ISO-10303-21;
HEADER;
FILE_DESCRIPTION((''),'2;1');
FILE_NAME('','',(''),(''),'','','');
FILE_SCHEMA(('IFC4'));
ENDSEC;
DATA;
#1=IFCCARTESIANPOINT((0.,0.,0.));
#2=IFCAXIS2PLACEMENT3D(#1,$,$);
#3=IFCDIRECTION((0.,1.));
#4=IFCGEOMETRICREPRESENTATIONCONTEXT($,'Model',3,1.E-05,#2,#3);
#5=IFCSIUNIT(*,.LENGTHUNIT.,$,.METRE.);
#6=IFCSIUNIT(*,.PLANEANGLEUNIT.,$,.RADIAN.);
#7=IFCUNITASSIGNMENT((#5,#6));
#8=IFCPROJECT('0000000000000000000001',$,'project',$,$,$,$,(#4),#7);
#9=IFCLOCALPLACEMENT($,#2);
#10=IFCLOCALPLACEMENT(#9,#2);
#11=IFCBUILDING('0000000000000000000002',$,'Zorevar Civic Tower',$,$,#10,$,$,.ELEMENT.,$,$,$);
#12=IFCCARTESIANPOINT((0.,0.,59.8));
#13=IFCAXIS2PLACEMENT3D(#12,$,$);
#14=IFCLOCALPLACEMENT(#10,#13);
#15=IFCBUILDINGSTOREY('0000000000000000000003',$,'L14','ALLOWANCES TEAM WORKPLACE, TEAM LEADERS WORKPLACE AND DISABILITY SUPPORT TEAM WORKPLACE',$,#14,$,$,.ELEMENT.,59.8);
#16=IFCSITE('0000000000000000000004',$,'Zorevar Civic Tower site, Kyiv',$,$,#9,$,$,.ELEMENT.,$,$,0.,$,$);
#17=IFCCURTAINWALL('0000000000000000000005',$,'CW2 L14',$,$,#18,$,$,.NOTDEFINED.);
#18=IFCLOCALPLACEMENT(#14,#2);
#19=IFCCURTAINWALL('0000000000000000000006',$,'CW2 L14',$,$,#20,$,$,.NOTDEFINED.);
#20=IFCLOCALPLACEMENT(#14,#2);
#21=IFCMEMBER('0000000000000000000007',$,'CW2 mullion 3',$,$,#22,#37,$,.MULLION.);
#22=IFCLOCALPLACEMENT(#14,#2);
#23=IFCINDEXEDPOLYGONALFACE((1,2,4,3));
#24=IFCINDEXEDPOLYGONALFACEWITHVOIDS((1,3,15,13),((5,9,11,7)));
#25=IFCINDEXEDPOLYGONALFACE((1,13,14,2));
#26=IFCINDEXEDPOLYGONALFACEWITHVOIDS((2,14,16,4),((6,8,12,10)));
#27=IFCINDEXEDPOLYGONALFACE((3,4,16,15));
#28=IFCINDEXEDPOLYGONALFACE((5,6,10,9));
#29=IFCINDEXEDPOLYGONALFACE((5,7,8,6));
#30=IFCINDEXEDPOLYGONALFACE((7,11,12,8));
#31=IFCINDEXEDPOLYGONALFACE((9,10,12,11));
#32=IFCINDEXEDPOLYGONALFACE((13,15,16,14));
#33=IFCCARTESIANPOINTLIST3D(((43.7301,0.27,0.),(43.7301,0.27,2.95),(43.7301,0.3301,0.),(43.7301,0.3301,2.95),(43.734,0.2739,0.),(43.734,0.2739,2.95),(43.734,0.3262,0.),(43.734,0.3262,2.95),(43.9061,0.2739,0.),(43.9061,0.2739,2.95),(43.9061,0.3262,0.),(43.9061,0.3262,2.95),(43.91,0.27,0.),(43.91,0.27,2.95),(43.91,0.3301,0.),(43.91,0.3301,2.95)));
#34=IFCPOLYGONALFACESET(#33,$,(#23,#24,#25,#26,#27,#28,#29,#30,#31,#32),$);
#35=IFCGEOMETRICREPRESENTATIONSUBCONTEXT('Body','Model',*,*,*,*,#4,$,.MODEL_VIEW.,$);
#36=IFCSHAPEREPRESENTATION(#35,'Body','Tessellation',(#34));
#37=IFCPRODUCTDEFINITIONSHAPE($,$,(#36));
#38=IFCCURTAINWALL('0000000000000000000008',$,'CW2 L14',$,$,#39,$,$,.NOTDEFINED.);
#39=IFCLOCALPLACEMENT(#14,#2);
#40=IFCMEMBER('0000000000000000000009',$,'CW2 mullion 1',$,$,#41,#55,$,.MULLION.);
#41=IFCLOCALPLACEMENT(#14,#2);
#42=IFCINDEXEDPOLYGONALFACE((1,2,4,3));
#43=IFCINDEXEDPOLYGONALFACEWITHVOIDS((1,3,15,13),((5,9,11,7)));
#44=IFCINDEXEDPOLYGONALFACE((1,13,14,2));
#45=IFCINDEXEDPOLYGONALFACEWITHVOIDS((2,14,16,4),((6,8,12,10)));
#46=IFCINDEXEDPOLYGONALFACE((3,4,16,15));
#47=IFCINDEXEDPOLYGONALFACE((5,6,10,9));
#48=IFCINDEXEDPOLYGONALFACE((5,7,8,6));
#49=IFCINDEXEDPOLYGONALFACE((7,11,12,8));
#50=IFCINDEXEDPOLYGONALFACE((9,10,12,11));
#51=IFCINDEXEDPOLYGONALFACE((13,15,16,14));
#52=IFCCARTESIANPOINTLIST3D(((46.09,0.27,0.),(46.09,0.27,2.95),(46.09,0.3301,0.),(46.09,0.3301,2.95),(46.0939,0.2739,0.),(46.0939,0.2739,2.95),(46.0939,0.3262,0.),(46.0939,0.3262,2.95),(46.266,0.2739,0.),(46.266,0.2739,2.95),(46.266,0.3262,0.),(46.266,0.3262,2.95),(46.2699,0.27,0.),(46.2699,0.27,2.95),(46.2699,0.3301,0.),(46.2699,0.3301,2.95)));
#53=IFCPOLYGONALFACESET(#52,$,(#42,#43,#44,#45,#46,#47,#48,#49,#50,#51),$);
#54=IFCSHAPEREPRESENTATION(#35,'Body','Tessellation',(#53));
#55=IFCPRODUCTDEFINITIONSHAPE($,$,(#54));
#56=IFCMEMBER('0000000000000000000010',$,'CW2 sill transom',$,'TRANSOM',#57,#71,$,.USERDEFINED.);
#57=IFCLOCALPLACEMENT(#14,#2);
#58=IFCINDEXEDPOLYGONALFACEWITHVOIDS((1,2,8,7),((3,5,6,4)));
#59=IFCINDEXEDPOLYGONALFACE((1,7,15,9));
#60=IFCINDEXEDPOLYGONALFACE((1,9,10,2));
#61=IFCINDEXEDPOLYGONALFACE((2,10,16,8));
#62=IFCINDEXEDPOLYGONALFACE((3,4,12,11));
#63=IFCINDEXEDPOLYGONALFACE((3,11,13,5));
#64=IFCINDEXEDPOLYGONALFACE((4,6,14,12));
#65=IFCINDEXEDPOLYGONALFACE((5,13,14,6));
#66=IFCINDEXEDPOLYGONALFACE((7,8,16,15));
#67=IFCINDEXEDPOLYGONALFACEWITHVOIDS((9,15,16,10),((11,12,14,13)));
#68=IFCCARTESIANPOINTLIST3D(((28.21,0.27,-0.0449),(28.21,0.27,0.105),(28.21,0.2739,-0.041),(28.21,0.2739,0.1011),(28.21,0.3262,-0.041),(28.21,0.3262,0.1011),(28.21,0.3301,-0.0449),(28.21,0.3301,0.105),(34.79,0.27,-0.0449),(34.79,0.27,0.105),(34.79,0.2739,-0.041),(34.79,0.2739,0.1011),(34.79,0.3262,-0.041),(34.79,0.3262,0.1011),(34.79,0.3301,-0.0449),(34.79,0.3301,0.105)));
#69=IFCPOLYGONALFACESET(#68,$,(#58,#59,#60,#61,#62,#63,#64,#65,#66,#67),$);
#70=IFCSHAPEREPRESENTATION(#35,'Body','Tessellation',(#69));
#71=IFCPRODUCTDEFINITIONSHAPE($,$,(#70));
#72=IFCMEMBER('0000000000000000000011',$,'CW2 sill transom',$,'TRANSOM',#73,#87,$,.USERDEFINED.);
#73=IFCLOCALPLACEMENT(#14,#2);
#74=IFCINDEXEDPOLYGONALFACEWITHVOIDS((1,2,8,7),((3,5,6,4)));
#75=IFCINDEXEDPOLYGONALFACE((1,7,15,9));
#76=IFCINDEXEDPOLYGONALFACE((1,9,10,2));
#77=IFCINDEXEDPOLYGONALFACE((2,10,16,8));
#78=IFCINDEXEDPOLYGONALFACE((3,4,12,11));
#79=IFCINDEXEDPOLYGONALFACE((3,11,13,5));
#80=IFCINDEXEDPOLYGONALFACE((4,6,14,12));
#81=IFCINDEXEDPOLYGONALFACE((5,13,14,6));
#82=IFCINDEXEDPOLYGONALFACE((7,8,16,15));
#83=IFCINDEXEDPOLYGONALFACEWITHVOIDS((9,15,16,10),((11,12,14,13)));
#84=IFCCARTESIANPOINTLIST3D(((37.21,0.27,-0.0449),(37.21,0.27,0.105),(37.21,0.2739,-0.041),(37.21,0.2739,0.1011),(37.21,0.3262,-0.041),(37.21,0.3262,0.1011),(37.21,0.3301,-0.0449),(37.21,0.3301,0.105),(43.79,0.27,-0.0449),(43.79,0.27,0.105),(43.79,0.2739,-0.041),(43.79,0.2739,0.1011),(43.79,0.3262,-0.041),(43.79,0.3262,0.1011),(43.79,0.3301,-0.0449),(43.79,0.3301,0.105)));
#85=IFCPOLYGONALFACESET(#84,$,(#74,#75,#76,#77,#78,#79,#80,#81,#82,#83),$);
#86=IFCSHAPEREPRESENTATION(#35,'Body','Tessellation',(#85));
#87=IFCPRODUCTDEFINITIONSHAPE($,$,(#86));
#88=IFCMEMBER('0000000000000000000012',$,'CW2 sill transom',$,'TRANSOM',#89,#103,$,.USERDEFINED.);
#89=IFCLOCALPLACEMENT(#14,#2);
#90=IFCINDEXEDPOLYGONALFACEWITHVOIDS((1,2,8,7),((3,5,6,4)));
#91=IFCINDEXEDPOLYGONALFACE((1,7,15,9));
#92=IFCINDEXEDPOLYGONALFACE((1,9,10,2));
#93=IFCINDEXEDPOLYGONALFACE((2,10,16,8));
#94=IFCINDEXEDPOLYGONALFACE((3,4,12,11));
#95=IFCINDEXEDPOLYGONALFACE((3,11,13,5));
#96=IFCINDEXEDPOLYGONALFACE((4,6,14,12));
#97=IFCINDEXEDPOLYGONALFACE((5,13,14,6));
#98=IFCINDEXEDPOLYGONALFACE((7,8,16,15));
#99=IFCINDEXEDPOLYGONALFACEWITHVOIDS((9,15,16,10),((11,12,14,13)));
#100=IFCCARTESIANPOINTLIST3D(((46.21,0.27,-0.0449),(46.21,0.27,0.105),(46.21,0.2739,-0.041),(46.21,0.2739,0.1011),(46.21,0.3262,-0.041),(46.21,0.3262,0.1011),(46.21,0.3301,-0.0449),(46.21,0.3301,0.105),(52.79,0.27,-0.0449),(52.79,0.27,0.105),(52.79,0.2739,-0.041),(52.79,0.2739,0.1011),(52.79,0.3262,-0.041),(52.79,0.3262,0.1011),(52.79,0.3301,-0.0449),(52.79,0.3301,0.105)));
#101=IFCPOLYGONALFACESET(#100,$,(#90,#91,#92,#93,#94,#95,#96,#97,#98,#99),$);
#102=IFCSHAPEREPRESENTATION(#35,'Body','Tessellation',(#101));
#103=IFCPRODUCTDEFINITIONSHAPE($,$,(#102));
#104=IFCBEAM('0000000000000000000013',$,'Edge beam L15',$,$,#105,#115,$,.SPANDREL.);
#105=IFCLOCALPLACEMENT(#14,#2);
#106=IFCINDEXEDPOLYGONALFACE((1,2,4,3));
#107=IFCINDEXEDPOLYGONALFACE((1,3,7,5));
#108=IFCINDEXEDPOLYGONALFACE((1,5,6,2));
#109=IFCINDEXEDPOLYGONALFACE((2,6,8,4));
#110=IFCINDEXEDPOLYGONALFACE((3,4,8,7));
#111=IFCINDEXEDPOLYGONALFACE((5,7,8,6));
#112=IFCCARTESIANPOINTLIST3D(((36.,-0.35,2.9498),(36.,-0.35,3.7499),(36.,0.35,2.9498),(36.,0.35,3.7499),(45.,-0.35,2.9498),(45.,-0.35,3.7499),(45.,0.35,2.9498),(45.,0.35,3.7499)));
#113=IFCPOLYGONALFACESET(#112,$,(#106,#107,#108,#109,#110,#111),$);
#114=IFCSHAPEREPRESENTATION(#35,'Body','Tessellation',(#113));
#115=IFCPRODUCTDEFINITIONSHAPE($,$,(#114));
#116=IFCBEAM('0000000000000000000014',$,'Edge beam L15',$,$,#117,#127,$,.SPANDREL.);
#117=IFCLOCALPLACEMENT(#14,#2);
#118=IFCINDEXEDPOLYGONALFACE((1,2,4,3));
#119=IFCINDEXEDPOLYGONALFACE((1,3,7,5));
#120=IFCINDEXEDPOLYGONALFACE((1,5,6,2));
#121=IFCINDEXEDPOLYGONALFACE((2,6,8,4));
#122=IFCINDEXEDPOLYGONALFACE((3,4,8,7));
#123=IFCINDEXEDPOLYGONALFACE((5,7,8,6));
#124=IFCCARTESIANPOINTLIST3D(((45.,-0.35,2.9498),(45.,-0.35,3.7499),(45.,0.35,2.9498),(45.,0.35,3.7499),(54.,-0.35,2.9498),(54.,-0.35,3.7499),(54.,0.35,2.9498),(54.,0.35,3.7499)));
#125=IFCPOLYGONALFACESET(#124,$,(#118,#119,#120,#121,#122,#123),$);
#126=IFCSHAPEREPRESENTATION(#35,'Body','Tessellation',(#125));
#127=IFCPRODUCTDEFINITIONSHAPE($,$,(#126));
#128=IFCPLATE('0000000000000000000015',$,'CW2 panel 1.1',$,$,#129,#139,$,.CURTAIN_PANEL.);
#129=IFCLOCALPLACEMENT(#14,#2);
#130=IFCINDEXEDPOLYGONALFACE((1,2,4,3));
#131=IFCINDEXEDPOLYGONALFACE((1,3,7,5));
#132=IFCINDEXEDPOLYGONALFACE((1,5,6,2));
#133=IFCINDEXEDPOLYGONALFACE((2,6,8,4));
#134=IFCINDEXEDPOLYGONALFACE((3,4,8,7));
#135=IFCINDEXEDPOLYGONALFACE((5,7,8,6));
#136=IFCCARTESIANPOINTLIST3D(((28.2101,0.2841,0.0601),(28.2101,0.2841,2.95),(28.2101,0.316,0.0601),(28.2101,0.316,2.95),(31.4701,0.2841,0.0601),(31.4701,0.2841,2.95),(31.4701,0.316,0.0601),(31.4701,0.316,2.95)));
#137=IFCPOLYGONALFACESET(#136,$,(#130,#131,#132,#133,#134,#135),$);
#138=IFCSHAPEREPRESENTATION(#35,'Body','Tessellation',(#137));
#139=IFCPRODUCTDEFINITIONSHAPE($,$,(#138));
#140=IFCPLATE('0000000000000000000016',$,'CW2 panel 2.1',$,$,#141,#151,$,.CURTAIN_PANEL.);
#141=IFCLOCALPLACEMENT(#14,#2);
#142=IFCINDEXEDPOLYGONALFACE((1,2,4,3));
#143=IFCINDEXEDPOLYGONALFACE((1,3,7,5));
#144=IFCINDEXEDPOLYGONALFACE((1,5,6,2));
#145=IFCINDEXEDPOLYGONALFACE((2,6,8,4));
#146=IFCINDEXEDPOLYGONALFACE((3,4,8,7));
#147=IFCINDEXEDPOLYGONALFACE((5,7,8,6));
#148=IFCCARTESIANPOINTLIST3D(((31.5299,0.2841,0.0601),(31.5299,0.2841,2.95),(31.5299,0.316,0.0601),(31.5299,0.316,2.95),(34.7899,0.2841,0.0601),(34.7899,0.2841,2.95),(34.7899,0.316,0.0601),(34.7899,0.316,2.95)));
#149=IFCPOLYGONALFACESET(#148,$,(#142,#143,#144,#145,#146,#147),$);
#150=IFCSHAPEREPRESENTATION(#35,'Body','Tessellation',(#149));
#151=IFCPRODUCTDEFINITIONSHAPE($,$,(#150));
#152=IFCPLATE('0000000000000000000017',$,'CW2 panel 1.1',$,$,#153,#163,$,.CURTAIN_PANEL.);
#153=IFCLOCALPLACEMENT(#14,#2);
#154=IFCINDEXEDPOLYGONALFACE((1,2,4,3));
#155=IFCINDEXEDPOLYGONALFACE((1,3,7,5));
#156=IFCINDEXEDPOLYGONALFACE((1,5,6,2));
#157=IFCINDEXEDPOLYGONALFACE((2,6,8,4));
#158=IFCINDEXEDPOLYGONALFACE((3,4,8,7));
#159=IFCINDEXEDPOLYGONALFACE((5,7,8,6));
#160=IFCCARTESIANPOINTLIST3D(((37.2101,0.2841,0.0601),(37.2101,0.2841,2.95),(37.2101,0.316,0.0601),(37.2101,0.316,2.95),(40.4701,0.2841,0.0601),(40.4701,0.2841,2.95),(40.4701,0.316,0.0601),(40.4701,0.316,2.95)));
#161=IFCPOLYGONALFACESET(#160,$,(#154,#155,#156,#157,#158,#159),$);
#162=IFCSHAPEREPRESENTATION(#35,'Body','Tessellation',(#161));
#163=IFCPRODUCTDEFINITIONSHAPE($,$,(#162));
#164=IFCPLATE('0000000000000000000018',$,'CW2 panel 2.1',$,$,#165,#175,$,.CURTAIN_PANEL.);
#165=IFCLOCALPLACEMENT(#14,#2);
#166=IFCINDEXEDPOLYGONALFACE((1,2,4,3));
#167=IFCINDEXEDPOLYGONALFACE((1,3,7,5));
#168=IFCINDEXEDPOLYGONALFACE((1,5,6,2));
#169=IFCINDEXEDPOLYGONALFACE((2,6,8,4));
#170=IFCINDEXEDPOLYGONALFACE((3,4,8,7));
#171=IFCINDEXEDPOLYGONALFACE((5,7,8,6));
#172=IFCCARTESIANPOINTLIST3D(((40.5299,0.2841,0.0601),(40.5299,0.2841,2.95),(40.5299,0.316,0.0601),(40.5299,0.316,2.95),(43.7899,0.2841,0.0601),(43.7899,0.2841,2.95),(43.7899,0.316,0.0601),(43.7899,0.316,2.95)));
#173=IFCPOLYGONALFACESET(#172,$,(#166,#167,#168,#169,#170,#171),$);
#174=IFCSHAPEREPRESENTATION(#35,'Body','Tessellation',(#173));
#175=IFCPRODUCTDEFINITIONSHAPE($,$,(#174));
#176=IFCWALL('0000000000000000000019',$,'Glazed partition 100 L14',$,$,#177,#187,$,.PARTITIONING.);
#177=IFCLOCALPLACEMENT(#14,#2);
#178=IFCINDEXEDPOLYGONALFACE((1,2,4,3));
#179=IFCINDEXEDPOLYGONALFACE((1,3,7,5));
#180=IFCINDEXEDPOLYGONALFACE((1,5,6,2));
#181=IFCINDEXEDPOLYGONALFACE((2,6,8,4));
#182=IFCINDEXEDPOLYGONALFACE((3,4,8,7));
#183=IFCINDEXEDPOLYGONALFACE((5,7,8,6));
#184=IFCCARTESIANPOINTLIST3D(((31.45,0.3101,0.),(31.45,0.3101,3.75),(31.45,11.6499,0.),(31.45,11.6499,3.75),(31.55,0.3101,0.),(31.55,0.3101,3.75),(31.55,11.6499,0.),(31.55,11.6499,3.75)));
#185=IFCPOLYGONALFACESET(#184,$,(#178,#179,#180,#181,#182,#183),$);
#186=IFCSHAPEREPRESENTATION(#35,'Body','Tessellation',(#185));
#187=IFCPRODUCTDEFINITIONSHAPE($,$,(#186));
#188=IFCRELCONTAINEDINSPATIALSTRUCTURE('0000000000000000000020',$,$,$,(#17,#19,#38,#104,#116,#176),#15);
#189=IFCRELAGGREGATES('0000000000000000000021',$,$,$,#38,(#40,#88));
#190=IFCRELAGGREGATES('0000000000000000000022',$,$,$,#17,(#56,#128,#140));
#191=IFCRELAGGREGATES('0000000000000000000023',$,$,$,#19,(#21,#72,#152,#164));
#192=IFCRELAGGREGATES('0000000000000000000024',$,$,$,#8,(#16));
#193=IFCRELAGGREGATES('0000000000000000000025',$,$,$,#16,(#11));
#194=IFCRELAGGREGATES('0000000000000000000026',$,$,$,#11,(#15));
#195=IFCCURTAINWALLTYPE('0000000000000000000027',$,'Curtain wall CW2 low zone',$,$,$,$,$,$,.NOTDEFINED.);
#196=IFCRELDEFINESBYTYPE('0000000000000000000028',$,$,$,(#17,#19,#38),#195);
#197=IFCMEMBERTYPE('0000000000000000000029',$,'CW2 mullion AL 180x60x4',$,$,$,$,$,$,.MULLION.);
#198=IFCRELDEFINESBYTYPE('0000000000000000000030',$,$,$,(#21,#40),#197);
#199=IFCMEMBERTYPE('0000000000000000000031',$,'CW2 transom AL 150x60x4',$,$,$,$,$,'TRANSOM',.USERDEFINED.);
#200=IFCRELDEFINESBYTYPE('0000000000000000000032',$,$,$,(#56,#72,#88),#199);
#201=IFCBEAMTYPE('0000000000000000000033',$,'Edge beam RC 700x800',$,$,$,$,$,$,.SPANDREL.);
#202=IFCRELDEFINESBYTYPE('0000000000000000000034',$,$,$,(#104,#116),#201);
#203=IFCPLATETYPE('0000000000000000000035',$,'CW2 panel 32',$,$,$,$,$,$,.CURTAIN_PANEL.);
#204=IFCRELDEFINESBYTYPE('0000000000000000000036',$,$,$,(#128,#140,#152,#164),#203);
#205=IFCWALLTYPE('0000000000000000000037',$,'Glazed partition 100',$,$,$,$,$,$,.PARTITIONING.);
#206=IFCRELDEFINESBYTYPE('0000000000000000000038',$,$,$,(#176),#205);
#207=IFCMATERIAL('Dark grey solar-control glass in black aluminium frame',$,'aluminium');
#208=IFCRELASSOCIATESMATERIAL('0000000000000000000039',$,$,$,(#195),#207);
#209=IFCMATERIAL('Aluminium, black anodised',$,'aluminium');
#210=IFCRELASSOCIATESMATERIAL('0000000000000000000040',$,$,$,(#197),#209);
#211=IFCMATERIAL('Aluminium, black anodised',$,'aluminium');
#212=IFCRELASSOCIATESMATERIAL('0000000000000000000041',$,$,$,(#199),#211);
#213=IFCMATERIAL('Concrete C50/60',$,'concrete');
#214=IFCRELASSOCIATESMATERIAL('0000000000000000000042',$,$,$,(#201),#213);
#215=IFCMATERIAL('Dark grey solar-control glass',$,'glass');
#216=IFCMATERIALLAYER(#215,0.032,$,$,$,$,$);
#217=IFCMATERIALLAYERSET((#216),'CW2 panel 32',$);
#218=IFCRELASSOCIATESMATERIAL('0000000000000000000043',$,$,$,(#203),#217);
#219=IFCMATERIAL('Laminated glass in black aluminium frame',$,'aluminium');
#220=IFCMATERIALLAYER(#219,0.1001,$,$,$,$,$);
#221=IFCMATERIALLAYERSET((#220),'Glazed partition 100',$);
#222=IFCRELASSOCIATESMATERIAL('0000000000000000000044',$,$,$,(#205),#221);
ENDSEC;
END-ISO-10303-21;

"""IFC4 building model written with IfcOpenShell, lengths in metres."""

from ifc_helpers import new_model, si_unit, direction, frame, frame_2d, origin, origin_2d, place, context, subcontext, project, spatial, rectangle, hollow_rectangle, extrude, material, layer, layer_set, material_profile, profile_set, type_object, element, aggregate, save


model = new_model("IFC4")

# Units and contexts
model_context = context("Model", 3, precision=1e-05, world=origin(), true_north=direction((0.0, 1.0)))
body_context = subcontext(model_context, "Body", "Model", "MODEL_VIEW")
ifc_project = project(units=[si_unit("LENGTHUNIT", "METRE"), si_unit("PLANEANGLEUNIT", "RADIAN")], contexts=[model_context])

# Site, building, storey
site_placement = place(None, origin())
site = spatial("IfcSite", under=ifc_project, at=site_placement, Name="Zorevar Civic Tower site, Kyiv", CompositionType="ELEMENT", RefElevation=0.0)
building_placement = place(site_placement, origin())
building = spatial("IfcBuilding", under=site, at=building_placement, Name="Zorevar Civic Tower", CompositionType="ELEMENT")
storey_placement = place(building_placement, frame((0.0, 0.0, 59.8)))
storey = spatial("IfcBuildingStorey", under=building, at=storey_placement, Name="L14", Description="ALLOWANCES TEAM WORKPLACE, TEAM LEADERS WORKPLACE AND DISABILITY SUPPORT TEAM WORKPLACE", CompositionType="ELEMENT", Elevation=59.8)

# Curtain walls, member
ifc_material_1 = material(Name="Dark grey solar-control glass in black aluminium frame", Category="aluminium")
curtain_wall_type = type_object("IfcCurtainWallType", Name="Curtain wall CW2 low zone", PredefinedType="NOTDEFINED", material=ifc_material_1)
curtain_wall_1_placement = place(storey_placement, origin())
curtain_wall_1 = element("IfcCurtainWall", 1, at=curtain_wall_1_placement, inside=storey, type_object=curtain_wall_type, Name="CW2 L14", PredefinedType="NOTDEFINED")
ifc_material_2 = material(Name="Aluminium, black anodised", Category="aluminium")
ifc_material_profile_1 = material_profile(ifc_material_2, hollow_rectangle(XDim=0.0601, YDim=0.1799, WallThickness=0.0039, at=origin_2d()), Name="AL 180x60x4")
ifc_profile_set_1 = profile_set([ifc_material_profile_1], Name="Aluminium, black anodised")
member_type_1 = type_object("IfcMemberType", Name="CW2 mullion AL 180x60x4", PredefinedType="MULLION", material=ifc_profile_set_1)
curtain_wall_2_placement = place(storey_placement, origin())
curtain_wall_2 = element("IfcCurtainWall", 2, at=curtain_wall_2_placement, inside=storey, type_object=curtain_wall_type, Name="CW2 L14", PredefinedType="NOTDEFINED")
member_1_placement = place(storey_placement, frame((43.8201, 0.3, 0.0), z_axis=(0.0, 0.0, 1.0), x_axis=(0.0, 1.0, 0.0)))
member_1 = element("IfcMember", 3, at=member_1_placement, type_object=member_type_1, Name="CW2 mullion 3", PredefinedType="MULLION", context=body_context, shape_type="SweptSolid", body=[
    extrude(hollow_rectangle(XDim=0.0601, YDim=0.1799, WallThickness=0.0039, at=origin_2d()), origin(), (0.0, 0.0, 1.0), 2.95),
])

# Curtain wall, member
curtain_wall_3_placement = place(storey_placement, origin())
curtain_wall_3 = element("IfcCurtainWall", 4, at=curtain_wall_3_placement, inside=storey, type_object=curtain_wall_type, Name="CW2 L14", PredefinedType="NOTDEFINED")
member_2_placement = place(storey_placement, frame((46.1799, 0.3, 0.0), z_axis=(0.0, 0.0, 1.0), x_axis=(0.0, 1.0, 0.0)))
member_2 = element("IfcMember", 5, at=member_2_placement, type_object=member_type_1, Name="CW2 mullion 1", PredefinedType="MULLION", context=body_context, shape_type="SweptSolid", body=[
    extrude(hollow_rectangle(XDim=0.0601, YDim=0.1799, WallThickness=0.0039, at=origin_2d()), origin(), (0.0, 0.0, 1.0), 2.95),
])

# Members
ifc_material_3 = material(Name="Aluminium, black anodised", Category="aluminium")
ifc_material_profile_2 = material_profile(ifc_material_3, hollow_rectangle(XDim=0.0601, YDim=0.1499, WallThickness=0.0039, at=origin_2d()), Name="AL 150x60x4")
ifc_profile_set_2 = profile_set([ifc_material_profile_2], Name="Aluminium, black anodised")
member_type_2 = type_object("IfcMemberType", Name="CW2 transom AL 150x60x4", ElementType="TRANSOM", PredefinedType="USERDEFINED", material=ifc_profile_set_2)
member_3_placement = place(storey_placement, frame((28.21, 0.3, 0.03), z_axis=(1.0, 0.0, 0.0), x_axis=(0.0, 1.0, 0.0)))
member_3 = element("IfcMember", 6, at=member_3_placement, type_object=member_type_2, Name="CW2 sill transom", ObjectType="TRANSOM", PredefinedType="USERDEFINED", context=body_context, shape_type="SweptSolid", body=[
    extrude(hollow_rectangle(XDim=0.0601, YDim=0.1499, WallThickness=0.0039, at=origin_2d()), origin(), (0.0, 0.0, 1.0), 6.5801),
])
member_4_placement = place(storey_placement, frame((37.21, 0.3, 0.03), z_axis=(1.0, 0.0, 0.0), x_axis=(0.0, 1.0, 0.0)))
member_4 = element("IfcMember", 7, at=member_4_placement, type_object=member_type_2, Name="CW2 sill transom", ObjectType="TRANSOM", PredefinedType="USERDEFINED", context=body_context, shape_type="SweptSolid", body=[
    extrude(hollow_rectangle(XDim=0.0601, YDim=0.1499, WallThickness=0.0039, at=origin_2d()), origin(), (0.0, 0.0, 1.0), 6.5801),
])
member_5_placement = place(storey_placement, frame((46.21, 0.3, 0.03), z_axis=(1.0, 0.0, 0.0), x_axis=(0.0, 1.0, 0.0)))
member_5 = element("IfcMember", 8, at=member_5_placement, type_object=member_type_2, Name="CW2 sill transom", ObjectType="TRANSOM", PredefinedType="USERDEFINED", context=body_context, shape_type="SweptSolid", body=[
    extrude(hollow_rectangle(XDim=0.0601, YDim=0.1499, WallThickness=0.0039, at=origin_2d()), origin(), (0.0, 0.0, 1.0), 6.5801),
])
aggregate(curtain_wall_3, [member_2, member_5])

# Beams
ifc_material_4 = material(Name="Concrete C50/60", Category="concrete")
ifc_material_profile_3 = material_profile(ifc_material_4, rectangle(XDim=0.7, YDim=0.8, at=origin_2d()), Name="RC 700x800")
ifc_profile_set_3 = profile_set([ifc_material_profile_3], Name="Concrete C50/60")
beam_type_1 = type_object("IfcBeamType", Name="Edge beam RC 700x800", PredefinedType="SPANDREL", material=ifc_profile_set_3)
for number, where, z_axis, x_axis, name in (
    (9, (36.0, 0.0, 3.3499), (1.0, 0.0, 0.0), (0.0, 1.0, 0.0), "Edge beam L15"),
    (10, (45.0, 0.0, 3.3499), (1.0, 0.0, 0.0), (0.0, 1.0, 0.0), "Edge beam L15"),
):
    element("IfcBeam", number, at=place(storey_placement, frame(where, z_axis=z_axis, x_axis=x_axis)), inside=storey, type_object=beam_type_1, Name=name, PredefinedType="SPANDREL", context=body_context, shape_type="SweptSolid", body=[
        extrude(rectangle(XDim=0.7, YDim=0.8, at=origin_2d()), origin(), (0.0, 0.0, 1.0), 9.0),
    ])

# Plates
ifc_material_5 = material(Name="Dark grey solar-control glass", Category="glass")
ifc_layer_1 = layer(ifc_material_5, 0.032)
ifc_layer_set_1 = layer_set([ifc_layer_1], Name="CW2 panel 32")
plate_type = type_object("IfcPlateType", Name="CW2 panel 32", PredefinedType="CURTAIN_PANEL", material=ifc_layer_set_1)
plate_1_placement = place(storey_placement, frame((29.8401, 0.3, 0.0601), z_axis=(0.0, 0.0, 1.0), x_axis=(1.0, 0.0, 0.0)))
plate_1 = element("IfcPlate", 11, at=plate_1_placement, type_object=plate_type, Name="CW2 panel 1.1", PredefinedType="CURTAIN_PANEL", context=body_context, shape_type="SweptSolid", body=[
    extrude(rectangle(XDim=3.26, YDim=0.032, at=origin_2d()), origin(), (0.0, 0.0, 1.0), 2.8899),
])
plate_2_placement = place(storey_placement, frame((33.1599, 0.3, 0.0601), z_axis=(0.0, 0.0, 1.0), x_axis=(1.0, 0.0, 0.0)))
plate_2 = element("IfcPlate", 12, at=plate_2_placement, type_object=plate_type, Name="CW2 panel 2.1", PredefinedType="CURTAIN_PANEL", context=body_context, shape_type="SweptSolid", body=[
    extrude(rectangle(XDim=3.26, YDim=0.032, at=origin_2d()), origin(), (0.0, 0.0, 1.0), 2.8899),
])
aggregate(curtain_wall_1, [member_3, plate_1, plate_2])
plate_3_placement = place(storey_placement, frame((38.8401, 0.3, 0.0601), z_axis=(0.0, 0.0, 1.0), x_axis=(1.0, 0.0, 0.0)))
plate_3 = element("IfcPlate", 13, at=plate_3_placement, type_object=plate_type, Name="CW2 panel 1.1", PredefinedType="CURTAIN_PANEL", context=body_context, shape_type="SweptSolid", body=[
    extrude(rectangle(XDim=3.26, YDim=0.032, at=origin_2d()), origin(), (0.0, 0.0, 1.0), 2.8899),
])
plate_4_placement = place(storey_placement, frame((42.1599, 0.3, 0.0601), z_axis=(0.0, 0.0, 1.0), x_axis=(1.0, 0.0, 0.0)))
plate_4 = element("IfcPlate", 14, at=plate_4_placement, type_object=plate_type, Name="CW2 panel 2.1", PredefinedType="CURTAIN_PANEL", context=body_context, shape_type="SweptSolid", body=[
    extrude(rectangle(XDim=3.26, YDim=0.032, at=origin_2d()), origin(), (0.0, 0.0, 1.0), 2.8899),
])
aggregate(curtain_wall_2, [member_1, member_4, plate_3, plate_4])

# Wall
ifc_material_6 = material(Name="Laminated glass in black aluminium frame", Category="aluminium")
ifc_layer_2 = layer(ifc_material_6, 0.1001)
ifc_layer_set_2 = layer_set([ifc_layer_2], Name="Glazed partition 100")
wall_type = type_object("IfcWallType", Name="Glazed partition 100", PredefinedType="PARTITIONING", material=ifc_layer_set_2)
wall_placement = place(storey_placement, frame((31.5, 0.3101, 0.0), z_axis=(0.0, 0.0, 1.0), x_axis=(0.0, 1.0, 0.0)))
element("IfcWall", 15, at=wall_placement, inside=storey, type_object=wall_type, Name="Glazed partition 100 L14", PredefinedType="PARTITIONING", context=body_context, shape_type="SweptSolid", body=[
    extrude(rectangle(XDim=11.3398, YDim=0.1001, at=frame_2d((5.6699, 0.0))), origin(), (0.0, 0.0, 1.0), 3.75),
])

save(model, "model.ifc")
